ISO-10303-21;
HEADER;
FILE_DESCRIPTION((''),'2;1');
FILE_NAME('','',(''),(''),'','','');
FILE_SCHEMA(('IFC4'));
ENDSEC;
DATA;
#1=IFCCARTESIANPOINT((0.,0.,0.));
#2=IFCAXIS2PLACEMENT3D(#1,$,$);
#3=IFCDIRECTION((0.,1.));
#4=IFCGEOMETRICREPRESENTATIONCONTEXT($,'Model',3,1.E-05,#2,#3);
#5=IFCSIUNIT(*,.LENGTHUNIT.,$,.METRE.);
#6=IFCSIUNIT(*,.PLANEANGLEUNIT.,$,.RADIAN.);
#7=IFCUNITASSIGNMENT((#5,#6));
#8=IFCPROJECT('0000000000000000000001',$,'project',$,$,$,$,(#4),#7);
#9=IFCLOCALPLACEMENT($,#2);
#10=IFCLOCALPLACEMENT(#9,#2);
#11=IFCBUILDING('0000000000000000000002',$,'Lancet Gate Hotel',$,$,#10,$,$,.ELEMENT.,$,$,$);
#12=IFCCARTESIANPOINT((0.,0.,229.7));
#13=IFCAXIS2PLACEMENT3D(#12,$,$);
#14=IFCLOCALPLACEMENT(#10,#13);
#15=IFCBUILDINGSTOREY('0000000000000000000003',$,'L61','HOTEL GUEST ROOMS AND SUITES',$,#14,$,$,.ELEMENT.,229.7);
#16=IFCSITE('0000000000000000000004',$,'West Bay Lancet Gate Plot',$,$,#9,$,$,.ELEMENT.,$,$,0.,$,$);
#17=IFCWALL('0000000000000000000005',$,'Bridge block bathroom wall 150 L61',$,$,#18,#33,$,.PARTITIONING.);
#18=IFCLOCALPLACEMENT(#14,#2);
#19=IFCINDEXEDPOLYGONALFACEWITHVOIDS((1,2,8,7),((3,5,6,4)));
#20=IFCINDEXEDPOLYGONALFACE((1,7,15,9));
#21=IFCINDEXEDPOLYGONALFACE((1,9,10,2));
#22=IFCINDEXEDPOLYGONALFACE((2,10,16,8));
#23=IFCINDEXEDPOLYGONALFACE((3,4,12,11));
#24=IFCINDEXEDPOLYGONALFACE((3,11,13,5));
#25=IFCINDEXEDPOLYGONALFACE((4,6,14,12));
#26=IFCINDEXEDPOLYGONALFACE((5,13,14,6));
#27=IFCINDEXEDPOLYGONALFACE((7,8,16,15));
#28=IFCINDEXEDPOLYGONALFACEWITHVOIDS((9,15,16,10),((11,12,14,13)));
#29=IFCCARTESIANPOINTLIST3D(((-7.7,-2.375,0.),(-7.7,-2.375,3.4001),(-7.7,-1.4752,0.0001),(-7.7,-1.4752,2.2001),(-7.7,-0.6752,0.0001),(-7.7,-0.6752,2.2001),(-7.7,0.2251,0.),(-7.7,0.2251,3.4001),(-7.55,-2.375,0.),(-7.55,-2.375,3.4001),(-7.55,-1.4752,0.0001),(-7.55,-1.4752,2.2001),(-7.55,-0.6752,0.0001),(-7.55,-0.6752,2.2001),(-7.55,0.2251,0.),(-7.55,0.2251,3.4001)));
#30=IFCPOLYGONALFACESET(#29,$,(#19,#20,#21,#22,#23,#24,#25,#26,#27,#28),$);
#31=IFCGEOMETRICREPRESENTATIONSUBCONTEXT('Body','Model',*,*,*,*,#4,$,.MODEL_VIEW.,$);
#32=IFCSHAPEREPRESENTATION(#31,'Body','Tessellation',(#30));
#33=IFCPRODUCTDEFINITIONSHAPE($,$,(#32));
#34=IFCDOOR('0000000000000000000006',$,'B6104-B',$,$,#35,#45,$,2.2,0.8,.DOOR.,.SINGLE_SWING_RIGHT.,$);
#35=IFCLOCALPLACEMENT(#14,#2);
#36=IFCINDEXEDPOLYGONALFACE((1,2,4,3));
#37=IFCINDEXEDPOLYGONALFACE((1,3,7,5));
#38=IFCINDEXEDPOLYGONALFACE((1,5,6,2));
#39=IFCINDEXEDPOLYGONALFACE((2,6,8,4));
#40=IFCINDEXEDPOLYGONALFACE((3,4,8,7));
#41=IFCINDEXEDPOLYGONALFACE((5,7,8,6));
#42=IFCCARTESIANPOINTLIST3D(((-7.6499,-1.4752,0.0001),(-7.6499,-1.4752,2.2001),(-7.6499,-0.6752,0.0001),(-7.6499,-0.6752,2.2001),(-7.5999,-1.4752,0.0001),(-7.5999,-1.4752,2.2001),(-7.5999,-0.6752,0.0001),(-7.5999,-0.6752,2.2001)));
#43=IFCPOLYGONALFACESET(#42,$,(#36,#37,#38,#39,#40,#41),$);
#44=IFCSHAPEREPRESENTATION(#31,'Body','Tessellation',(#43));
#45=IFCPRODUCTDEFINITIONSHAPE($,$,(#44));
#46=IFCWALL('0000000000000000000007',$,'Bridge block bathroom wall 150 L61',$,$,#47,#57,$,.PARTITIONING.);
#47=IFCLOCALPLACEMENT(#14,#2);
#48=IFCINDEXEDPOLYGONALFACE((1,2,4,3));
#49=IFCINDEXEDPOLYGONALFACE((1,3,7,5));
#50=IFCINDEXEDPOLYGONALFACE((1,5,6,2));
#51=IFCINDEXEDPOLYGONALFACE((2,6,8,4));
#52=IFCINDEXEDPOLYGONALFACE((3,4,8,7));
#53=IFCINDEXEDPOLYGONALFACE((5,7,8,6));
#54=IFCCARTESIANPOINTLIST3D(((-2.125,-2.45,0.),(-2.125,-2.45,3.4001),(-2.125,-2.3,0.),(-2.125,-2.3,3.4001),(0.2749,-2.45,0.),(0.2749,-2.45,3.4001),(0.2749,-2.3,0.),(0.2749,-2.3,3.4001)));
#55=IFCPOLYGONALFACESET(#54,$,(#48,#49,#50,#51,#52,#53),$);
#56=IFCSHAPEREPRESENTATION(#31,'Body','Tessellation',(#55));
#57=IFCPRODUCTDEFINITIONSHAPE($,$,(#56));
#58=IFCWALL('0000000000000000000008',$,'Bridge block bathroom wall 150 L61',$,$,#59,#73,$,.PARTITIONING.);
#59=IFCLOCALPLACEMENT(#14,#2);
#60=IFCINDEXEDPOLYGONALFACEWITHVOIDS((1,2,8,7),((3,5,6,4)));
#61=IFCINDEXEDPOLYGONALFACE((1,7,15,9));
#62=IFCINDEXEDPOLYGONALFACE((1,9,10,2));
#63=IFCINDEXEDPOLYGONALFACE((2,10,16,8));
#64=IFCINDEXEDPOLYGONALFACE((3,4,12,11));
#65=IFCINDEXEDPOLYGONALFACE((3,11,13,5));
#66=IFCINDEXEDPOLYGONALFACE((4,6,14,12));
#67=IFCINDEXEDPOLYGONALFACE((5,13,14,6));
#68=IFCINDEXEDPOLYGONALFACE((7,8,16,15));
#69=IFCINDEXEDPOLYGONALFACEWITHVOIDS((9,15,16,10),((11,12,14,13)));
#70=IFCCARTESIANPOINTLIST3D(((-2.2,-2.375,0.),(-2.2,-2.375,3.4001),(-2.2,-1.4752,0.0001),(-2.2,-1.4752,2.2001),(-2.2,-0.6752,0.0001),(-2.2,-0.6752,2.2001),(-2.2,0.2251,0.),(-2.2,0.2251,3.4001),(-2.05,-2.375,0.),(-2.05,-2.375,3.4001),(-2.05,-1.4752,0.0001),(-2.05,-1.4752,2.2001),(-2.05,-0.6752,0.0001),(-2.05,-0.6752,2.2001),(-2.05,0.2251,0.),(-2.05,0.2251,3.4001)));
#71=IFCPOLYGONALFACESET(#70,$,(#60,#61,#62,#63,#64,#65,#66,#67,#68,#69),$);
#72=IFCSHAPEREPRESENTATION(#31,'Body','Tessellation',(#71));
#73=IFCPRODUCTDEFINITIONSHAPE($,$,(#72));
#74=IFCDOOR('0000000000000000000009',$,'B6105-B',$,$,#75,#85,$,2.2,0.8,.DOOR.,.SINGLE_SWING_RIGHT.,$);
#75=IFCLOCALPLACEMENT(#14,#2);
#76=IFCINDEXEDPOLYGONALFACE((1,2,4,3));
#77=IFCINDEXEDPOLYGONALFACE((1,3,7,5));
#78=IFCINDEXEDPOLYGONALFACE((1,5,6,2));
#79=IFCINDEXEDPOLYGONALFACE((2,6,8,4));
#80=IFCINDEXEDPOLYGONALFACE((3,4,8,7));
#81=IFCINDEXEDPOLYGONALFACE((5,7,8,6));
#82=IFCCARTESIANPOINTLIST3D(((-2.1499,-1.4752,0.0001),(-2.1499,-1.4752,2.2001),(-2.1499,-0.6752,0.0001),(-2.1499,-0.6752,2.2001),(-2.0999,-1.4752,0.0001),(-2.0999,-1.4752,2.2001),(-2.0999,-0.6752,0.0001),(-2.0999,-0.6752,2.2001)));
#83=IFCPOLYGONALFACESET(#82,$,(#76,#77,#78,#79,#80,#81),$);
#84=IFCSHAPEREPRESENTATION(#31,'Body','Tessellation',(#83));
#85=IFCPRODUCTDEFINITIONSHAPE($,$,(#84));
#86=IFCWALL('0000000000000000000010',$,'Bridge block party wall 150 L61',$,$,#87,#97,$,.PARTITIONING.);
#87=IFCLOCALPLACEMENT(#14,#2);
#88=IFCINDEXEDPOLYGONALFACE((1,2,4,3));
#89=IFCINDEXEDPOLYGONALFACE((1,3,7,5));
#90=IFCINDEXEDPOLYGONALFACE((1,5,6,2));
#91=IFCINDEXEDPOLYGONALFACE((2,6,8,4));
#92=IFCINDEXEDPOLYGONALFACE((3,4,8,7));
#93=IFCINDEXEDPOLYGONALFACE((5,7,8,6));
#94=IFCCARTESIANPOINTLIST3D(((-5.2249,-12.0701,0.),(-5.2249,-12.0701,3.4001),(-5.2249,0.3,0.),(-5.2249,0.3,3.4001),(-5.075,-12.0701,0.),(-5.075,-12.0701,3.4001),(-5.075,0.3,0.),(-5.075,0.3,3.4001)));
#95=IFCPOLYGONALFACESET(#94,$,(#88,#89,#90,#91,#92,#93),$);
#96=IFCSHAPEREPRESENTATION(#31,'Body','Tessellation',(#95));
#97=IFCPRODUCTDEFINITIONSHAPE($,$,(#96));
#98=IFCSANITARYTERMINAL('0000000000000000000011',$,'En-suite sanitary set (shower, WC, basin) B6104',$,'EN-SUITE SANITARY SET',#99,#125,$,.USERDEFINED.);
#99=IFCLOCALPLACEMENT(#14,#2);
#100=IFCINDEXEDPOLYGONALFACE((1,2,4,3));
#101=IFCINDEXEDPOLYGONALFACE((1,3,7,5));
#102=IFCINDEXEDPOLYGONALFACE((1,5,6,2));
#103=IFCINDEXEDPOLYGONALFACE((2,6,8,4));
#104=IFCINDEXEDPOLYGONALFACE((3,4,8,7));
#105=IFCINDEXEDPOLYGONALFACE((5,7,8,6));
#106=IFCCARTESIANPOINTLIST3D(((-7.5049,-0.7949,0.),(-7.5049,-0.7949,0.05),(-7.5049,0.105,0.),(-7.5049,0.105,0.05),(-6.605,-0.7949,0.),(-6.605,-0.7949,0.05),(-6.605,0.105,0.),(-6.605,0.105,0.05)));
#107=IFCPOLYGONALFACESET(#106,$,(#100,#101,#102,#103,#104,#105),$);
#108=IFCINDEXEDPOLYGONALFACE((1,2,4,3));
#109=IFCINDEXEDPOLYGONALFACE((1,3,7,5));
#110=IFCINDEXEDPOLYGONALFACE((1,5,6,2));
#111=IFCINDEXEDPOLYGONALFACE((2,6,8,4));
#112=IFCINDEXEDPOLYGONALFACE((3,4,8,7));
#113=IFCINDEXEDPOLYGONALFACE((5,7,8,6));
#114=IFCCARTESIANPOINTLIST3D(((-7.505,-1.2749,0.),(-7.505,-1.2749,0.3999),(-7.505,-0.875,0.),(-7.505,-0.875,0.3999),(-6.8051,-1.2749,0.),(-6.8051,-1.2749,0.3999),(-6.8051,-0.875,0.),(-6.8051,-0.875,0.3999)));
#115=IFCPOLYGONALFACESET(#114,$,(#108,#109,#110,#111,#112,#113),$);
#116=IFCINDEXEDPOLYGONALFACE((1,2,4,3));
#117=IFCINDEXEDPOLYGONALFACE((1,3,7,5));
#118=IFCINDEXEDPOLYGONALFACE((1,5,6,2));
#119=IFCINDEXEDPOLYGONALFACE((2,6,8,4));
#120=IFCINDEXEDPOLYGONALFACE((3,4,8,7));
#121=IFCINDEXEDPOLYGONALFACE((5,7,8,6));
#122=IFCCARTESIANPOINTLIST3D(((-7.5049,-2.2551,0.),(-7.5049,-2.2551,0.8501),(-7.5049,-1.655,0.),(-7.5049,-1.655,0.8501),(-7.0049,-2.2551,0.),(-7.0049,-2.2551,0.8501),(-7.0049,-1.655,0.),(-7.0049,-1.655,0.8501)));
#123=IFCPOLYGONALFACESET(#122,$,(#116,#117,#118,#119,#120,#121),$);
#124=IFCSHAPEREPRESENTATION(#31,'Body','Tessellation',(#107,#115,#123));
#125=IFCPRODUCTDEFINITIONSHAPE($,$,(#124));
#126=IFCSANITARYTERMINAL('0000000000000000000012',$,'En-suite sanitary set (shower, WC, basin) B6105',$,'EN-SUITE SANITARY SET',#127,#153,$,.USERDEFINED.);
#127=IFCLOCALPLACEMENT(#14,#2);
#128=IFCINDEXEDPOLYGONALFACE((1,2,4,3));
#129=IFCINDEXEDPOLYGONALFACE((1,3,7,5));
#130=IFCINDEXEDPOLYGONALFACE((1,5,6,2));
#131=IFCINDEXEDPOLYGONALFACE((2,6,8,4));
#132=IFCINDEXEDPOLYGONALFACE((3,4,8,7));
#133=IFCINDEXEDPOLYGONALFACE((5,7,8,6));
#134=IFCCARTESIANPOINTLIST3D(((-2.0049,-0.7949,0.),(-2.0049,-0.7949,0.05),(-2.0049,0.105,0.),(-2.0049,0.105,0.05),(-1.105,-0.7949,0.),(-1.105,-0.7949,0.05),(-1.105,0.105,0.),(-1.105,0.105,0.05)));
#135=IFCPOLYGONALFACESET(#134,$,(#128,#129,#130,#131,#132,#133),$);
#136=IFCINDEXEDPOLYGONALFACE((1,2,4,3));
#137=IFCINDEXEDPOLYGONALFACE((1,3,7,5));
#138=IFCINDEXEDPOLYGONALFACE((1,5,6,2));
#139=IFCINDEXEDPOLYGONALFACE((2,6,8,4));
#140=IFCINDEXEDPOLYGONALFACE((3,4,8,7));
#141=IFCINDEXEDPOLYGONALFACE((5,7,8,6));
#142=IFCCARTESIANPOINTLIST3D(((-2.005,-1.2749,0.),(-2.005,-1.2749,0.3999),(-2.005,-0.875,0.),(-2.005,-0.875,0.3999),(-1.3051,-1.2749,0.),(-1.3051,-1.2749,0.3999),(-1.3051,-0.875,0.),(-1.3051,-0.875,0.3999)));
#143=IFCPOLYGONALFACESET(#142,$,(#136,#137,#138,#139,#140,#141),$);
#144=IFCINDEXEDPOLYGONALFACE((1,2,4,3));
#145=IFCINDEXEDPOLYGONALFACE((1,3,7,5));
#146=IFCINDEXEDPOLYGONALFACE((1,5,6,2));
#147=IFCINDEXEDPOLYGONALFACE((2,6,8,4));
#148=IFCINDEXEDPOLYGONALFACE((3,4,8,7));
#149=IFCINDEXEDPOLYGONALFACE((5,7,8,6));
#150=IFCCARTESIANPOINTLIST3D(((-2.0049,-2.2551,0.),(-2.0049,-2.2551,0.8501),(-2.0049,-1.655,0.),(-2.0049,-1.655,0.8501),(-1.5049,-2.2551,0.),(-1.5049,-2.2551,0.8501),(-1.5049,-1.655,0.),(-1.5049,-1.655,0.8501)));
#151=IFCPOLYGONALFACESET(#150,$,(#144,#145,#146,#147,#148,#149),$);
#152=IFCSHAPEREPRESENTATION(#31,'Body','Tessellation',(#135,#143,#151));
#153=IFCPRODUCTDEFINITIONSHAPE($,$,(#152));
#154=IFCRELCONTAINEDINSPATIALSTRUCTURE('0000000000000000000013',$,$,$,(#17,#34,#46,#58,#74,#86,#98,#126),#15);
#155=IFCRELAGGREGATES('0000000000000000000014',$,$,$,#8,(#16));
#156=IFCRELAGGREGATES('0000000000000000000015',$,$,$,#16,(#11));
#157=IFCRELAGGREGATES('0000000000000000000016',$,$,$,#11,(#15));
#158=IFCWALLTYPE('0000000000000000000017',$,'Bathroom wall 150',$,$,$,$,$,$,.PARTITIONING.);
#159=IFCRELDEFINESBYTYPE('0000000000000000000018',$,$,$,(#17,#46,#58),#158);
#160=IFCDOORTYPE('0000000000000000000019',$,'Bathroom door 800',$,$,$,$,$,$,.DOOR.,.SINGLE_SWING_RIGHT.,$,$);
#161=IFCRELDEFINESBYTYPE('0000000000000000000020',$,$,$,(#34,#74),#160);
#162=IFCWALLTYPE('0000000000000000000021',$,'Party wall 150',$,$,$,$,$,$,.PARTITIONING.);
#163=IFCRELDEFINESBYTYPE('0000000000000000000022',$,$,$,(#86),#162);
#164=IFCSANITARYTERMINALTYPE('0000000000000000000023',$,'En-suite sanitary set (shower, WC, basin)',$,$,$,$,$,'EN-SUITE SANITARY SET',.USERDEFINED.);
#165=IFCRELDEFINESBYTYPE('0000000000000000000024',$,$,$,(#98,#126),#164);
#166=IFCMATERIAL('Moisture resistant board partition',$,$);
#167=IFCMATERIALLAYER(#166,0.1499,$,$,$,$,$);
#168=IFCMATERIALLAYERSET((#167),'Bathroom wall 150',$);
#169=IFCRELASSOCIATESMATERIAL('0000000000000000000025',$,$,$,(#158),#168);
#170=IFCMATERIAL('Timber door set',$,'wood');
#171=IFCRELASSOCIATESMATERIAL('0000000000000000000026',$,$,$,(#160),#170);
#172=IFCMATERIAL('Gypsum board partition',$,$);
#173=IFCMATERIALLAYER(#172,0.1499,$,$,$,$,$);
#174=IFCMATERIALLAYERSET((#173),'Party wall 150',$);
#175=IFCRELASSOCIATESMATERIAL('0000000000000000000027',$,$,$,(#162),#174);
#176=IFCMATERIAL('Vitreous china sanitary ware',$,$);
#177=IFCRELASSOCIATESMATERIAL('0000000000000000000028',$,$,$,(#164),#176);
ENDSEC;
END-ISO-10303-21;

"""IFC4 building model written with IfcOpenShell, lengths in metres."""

from ifc_helpers import new_model, si_unit, direction, frame, frame_2d, origin, origin_2d, place, context, subcontext, project, spatial, rectangle, extrude, material, layer, layer_set, type_object, element, fill, save


model = new_model("IFC4")

# Units and contexts
model_context = context("Model", 3, precision=1e-05, world=origin(), true_north=direction((0.0, 1.0)))
body_context = subcontext(model_context, "Body", "Model", "MODEL_VIEW")
ifc_project = project(units=[si_unit("LENGTHUNIT", "METRE"), si_unit("PLANEANGLEUNIT", "RADIAN")], contexts=[model_context])

# Site, building, storey
site_placement = place(None, origin())
site = spatial("IfcSite", under=ifc_project, at=site_placement, Name="West Bay Lancet Gate Plot", CompositionType="ELEMENT", RefElevation=0.0)
building_placement = place(site_placement, origin())
building = spatial("IfcBuilding", under=site, at=building_placement, Name="Lancet Gate Hotel", CompositionType="ELEMENT")
storey_placement = place(building_placement, frame((0.0, 0.0, 229.7)))
storey = spatial("IfcBuildingStorey", under=building, at=storey_placement, Name="L61", Description="HOTEL GUEST ROOMS AND SUITES", CompositionType="ELEMENT", Elevation=229.7)

# Shared definitions
ifc_material_1 = material(Name="Moisture resistant board partition")
ifc_layer_1 = layer(ifc_material_1, 0.1499)
ifc_layer_set_1 = layer_set([ifc_layer_1], Name="Bathroom wall 150")
wall_type_1 = type_object("IfcWallType", Name="Bathroom wall 150", PredefinedType="PARTITIONING", material=ifc_layer_set_1)

# Wall, opening, door
wall_1_placement = place(storey_placement, frame((-7.625, -2.375, 0.0), z_axis=(0.0, 0.0, 1.0), x_axis=(0.0, 1.0, 0.0)))
wall_1 = element("IfcWall", 1, at=wall_1_placement, inside=storey, type_object=wall_type_1, Name="Bridge block bathroom wall 150 L61", PredefinedType="PARTITIONING", context=body_context, shape_type="SweptSolid", body=[
    extrude(rectangle(XDim=2.6001, YDim=0.1499, at=frame_2d((1.3, 0.0))), origin(), (0.0, 0.0, 1.0), 3.4001),
])
opening_1_placement = place(wall_1_placement, frame((0.8999, 0.0, 0.0)))
opening_1 = element("IfcOpeningElement", 2, at=opening_1_placement, cuts=wall_1, PredefinedType="OPENING", context=body_context, shape_type="SweptSolid", body=[
    extrude(rectangle(XDim=0.8, YDim=2.2, at=frame_2d((0.3999, 1.1001))), frame((0.0, 0.085, 0.0), z_axis=(0.0, -1.0, 0.0), x_axis=(1.0, 0.0, 0.0)), (0.0, 0.0, 1.0), 0.1699),
])
ifc_material_2 = material(Name="Timber door set", Category="wood")
door_type = type_object("IfcDoorType", Name="Bathroom door 800", OperationType="SINGLE_SWING_RIGHT", PredefinedType="DOOR", material=ifc_material_2)
door_1_placement = place(opening_1_placement, origin())
door_1 = element("IfcDoor", 3, at=door_1_placement, inside=storey, type_object=door_type, Name="B6104-B", OperationType="SINGLE_SWING_RIGHT", OverallHeight=2.2, OverallWidth=0.8, PredefinedType="DOOR", context=body_context, shape_type="SweptSolid", body=[
    extrude(rectangle(XDim=0.8, YDim=2.2, at=frame_2d((0.3999, 1.1001))), frame((0.0, 0.0249, 0.0), z_axis=(0.0, -1.0, 0.0), x_axis=(1.0, 0.0, 0.0)), (0.0, 0.0, 1.0), 0.05),
])
fill(opening_1, door_1)

# Wall
wall_2_placement = place(storey_placement, frame((-2.125, -2.375, 0.0), z_axis=(0.0, 0.0, 1.0), x_axis=(1.0, 0.0, 0.0)))
element("IfcWall", 4, at=wall_2_placement, inside=storey, type_object=wall_type_1, Name="Bridge block bathroom wall 150 L61", PredefinedType="PARTITIONING", context=body_context, shape_type="SweptSolid", body=[
    extrude(rectangle(XDim=2.3999, YDim=0.1499, at=frame_2d((1.2, 0.0))), origin(), (0.0, 0.0, 1.0), 3.4001),
])

# Wall, opening, door
wall_3_placement = place(storey_placement, frame((-2.125, -2.375, 0.0), z_axis=(0.0, 0.0, 1.0), x_axis=(0.0, 1.0, 0.0)))
wall_3 = element("IfcWall", 5, at=wall_3_placement, inside=storey, type_object=wall_type_1, Name="Bridge block bathroom wall 150 L61", PredefinedType="PARTITIONING", context=body_context, shape_type="SweptSolid", body=[
    extrude(rectangle(XDim=2.6001, YDim=0.1499, at=frame_2d((1.3, 0.0))), origin(), (0.0, 0.0, 1.0), 3.4001),
])
opening_2_placement = place(wall_3_placement, frame((0.8999, 0.0, 0.0)))
opening_2 = element("IfcOpeningElement", 6, at=opening_2_placement, cuts=wall_3, PredefinedType="OPENING", context=body_context, shape_type="SweptSolid", body=[
    extrude(rectangle(XDim=0.8, YDim=2.2, at=frame_2d((0.3999, 1.1001))), frame((0.0, 0.085, 0.0), z_axis=(0.0, -1.0, 0.0), x_axis=(1.0, 0.0, 0.0)), (0.0, 0.0, 1.0), 0.1699),
])
door_2_placement = place(opening_2_placement, origin())
door_2 = element("IfcDoor", 7, at=door_2_placement, inside=storey, type_object=door_type, Name="B6105-B", OperationType="SINGLE_SWING_RIGHT", OverallHeight=2.2, OverallWidth=0.8, PredefinedType="DOOR", context=body_context, shape_type="SweptSolid", body=[
    extrude(rectangle(XDim=0.8, YDim=2.2, at=frame_2d((0.3999, 1.1001))), frame((0.0, 0.0249, 0.0), z_axis=(0.0, -1.0, 0.0), x_axis=(1.0, 0.0, 0.0)), (0.0, 0.0, 1.0), 0.05),
])
fill(opening_2, door_2)

# Wall
ifc_material_3 = material(Name="Gypsum board partition")
ifc_layer_2 = layer(ifc_material_3, 0.1499)
ifc_layer_set_2 = layer_set([ifc_layer_2], Name="Party wall 150")
wall_type_2 = type_object("IfcWallType", Name="Party wall 150", PredefinedType="PARTITIONING", material=ifc_layer_set_2)
wall_4_placement = place(storey_placement, frame((-5.1499, -12.0701, 0.0), z_axis=(0.0, 0.0, 1.0), x_axis=(0.0, 1.0, 0.0)))
element("IfcWall", 8, at=wall_4_placement, inside=storey, type_object=wall_type_2, Name="Bridge block party wall 150 L61", PredefinedType="PARTITIONING", context=body_context, shape_type="SweptSolid", body=[
    extrude(rectangle(XDim=12.3701, YDim=0.1499, at=frame_2d((6.1851, 0.0))), origin(), (0.0, 0.0, 1.0), 3.4001),
])

# Sanitary terminals
ifc_material_4 = material(Name="Vitreous china sanitary ware")
sanitary_terminal_type = type_object("IfcSanitaryTerminalType", Name="En-suite sanitary set (shower, WC, basin)", ElementType="EN-SUITE SANITARY SET", PredefinedType="USERDEFINED", material=ifc_material_4)
for number, where, z_axis, x_axis, name in (
    (9, (-7.0549, -0.345, 0.0), (0.0, 0.0, 1.0), (1.0, 0.0, 0.0), "En-suite sanitary set (shower, WC, basin) B6104"),
    (10, (-1.5549, -0.345, 0.0), (0.0, 0.0, 1.0), (1.0, 0.0, 0.0), "En-suite sanitary set (shower, WC, basin) B6105"),
):
    element("IfcSanitaryTerminal", number, at=place(storey_placement, frame(where, z_axis=z_axis, x_axis=x_axis)), inside=storey, type_object=sanitary_terminal_type, Name=name, ObjectType="EN-SUITE SANITARY SET", PredefinedType="USERDEFINED", context=body_context, shape_type="SweptSolid", body=[
        extrude(rectangle(XDim=0.8999, YDim=0.8999, at=origin_2d()), frame((0.0, 0.0, 0.0), z_axis=(0.0, 0.0, 1.0), x_axis=(0.0, 1.0, 0.0)), (0.0, 0.0, 1.0), 0.05),
        extrude(rectangle(XDim=0.3999, YDim=0.7, at=origin_2d()), frame((-0.1001, -0.73, 0.0), z_axis=(0.0, 0.0, 1.0), x_axis=(0.0, 1.0, 0.0)), (0.0, 0.0, 1.0), 0.3999),
        extrude(rectangle(XDim=0.6001, YDim=0.5, at=origin_2d()), frame((-0.2, -1.6101, 0.0), z_axis=(0.0, 0.0, 1.0), x_axis=(0.0, 1.0, 0.0)), (0.0, 0.0, 1.0), 0.8501),
    ])

save(model, "model.ifc")
